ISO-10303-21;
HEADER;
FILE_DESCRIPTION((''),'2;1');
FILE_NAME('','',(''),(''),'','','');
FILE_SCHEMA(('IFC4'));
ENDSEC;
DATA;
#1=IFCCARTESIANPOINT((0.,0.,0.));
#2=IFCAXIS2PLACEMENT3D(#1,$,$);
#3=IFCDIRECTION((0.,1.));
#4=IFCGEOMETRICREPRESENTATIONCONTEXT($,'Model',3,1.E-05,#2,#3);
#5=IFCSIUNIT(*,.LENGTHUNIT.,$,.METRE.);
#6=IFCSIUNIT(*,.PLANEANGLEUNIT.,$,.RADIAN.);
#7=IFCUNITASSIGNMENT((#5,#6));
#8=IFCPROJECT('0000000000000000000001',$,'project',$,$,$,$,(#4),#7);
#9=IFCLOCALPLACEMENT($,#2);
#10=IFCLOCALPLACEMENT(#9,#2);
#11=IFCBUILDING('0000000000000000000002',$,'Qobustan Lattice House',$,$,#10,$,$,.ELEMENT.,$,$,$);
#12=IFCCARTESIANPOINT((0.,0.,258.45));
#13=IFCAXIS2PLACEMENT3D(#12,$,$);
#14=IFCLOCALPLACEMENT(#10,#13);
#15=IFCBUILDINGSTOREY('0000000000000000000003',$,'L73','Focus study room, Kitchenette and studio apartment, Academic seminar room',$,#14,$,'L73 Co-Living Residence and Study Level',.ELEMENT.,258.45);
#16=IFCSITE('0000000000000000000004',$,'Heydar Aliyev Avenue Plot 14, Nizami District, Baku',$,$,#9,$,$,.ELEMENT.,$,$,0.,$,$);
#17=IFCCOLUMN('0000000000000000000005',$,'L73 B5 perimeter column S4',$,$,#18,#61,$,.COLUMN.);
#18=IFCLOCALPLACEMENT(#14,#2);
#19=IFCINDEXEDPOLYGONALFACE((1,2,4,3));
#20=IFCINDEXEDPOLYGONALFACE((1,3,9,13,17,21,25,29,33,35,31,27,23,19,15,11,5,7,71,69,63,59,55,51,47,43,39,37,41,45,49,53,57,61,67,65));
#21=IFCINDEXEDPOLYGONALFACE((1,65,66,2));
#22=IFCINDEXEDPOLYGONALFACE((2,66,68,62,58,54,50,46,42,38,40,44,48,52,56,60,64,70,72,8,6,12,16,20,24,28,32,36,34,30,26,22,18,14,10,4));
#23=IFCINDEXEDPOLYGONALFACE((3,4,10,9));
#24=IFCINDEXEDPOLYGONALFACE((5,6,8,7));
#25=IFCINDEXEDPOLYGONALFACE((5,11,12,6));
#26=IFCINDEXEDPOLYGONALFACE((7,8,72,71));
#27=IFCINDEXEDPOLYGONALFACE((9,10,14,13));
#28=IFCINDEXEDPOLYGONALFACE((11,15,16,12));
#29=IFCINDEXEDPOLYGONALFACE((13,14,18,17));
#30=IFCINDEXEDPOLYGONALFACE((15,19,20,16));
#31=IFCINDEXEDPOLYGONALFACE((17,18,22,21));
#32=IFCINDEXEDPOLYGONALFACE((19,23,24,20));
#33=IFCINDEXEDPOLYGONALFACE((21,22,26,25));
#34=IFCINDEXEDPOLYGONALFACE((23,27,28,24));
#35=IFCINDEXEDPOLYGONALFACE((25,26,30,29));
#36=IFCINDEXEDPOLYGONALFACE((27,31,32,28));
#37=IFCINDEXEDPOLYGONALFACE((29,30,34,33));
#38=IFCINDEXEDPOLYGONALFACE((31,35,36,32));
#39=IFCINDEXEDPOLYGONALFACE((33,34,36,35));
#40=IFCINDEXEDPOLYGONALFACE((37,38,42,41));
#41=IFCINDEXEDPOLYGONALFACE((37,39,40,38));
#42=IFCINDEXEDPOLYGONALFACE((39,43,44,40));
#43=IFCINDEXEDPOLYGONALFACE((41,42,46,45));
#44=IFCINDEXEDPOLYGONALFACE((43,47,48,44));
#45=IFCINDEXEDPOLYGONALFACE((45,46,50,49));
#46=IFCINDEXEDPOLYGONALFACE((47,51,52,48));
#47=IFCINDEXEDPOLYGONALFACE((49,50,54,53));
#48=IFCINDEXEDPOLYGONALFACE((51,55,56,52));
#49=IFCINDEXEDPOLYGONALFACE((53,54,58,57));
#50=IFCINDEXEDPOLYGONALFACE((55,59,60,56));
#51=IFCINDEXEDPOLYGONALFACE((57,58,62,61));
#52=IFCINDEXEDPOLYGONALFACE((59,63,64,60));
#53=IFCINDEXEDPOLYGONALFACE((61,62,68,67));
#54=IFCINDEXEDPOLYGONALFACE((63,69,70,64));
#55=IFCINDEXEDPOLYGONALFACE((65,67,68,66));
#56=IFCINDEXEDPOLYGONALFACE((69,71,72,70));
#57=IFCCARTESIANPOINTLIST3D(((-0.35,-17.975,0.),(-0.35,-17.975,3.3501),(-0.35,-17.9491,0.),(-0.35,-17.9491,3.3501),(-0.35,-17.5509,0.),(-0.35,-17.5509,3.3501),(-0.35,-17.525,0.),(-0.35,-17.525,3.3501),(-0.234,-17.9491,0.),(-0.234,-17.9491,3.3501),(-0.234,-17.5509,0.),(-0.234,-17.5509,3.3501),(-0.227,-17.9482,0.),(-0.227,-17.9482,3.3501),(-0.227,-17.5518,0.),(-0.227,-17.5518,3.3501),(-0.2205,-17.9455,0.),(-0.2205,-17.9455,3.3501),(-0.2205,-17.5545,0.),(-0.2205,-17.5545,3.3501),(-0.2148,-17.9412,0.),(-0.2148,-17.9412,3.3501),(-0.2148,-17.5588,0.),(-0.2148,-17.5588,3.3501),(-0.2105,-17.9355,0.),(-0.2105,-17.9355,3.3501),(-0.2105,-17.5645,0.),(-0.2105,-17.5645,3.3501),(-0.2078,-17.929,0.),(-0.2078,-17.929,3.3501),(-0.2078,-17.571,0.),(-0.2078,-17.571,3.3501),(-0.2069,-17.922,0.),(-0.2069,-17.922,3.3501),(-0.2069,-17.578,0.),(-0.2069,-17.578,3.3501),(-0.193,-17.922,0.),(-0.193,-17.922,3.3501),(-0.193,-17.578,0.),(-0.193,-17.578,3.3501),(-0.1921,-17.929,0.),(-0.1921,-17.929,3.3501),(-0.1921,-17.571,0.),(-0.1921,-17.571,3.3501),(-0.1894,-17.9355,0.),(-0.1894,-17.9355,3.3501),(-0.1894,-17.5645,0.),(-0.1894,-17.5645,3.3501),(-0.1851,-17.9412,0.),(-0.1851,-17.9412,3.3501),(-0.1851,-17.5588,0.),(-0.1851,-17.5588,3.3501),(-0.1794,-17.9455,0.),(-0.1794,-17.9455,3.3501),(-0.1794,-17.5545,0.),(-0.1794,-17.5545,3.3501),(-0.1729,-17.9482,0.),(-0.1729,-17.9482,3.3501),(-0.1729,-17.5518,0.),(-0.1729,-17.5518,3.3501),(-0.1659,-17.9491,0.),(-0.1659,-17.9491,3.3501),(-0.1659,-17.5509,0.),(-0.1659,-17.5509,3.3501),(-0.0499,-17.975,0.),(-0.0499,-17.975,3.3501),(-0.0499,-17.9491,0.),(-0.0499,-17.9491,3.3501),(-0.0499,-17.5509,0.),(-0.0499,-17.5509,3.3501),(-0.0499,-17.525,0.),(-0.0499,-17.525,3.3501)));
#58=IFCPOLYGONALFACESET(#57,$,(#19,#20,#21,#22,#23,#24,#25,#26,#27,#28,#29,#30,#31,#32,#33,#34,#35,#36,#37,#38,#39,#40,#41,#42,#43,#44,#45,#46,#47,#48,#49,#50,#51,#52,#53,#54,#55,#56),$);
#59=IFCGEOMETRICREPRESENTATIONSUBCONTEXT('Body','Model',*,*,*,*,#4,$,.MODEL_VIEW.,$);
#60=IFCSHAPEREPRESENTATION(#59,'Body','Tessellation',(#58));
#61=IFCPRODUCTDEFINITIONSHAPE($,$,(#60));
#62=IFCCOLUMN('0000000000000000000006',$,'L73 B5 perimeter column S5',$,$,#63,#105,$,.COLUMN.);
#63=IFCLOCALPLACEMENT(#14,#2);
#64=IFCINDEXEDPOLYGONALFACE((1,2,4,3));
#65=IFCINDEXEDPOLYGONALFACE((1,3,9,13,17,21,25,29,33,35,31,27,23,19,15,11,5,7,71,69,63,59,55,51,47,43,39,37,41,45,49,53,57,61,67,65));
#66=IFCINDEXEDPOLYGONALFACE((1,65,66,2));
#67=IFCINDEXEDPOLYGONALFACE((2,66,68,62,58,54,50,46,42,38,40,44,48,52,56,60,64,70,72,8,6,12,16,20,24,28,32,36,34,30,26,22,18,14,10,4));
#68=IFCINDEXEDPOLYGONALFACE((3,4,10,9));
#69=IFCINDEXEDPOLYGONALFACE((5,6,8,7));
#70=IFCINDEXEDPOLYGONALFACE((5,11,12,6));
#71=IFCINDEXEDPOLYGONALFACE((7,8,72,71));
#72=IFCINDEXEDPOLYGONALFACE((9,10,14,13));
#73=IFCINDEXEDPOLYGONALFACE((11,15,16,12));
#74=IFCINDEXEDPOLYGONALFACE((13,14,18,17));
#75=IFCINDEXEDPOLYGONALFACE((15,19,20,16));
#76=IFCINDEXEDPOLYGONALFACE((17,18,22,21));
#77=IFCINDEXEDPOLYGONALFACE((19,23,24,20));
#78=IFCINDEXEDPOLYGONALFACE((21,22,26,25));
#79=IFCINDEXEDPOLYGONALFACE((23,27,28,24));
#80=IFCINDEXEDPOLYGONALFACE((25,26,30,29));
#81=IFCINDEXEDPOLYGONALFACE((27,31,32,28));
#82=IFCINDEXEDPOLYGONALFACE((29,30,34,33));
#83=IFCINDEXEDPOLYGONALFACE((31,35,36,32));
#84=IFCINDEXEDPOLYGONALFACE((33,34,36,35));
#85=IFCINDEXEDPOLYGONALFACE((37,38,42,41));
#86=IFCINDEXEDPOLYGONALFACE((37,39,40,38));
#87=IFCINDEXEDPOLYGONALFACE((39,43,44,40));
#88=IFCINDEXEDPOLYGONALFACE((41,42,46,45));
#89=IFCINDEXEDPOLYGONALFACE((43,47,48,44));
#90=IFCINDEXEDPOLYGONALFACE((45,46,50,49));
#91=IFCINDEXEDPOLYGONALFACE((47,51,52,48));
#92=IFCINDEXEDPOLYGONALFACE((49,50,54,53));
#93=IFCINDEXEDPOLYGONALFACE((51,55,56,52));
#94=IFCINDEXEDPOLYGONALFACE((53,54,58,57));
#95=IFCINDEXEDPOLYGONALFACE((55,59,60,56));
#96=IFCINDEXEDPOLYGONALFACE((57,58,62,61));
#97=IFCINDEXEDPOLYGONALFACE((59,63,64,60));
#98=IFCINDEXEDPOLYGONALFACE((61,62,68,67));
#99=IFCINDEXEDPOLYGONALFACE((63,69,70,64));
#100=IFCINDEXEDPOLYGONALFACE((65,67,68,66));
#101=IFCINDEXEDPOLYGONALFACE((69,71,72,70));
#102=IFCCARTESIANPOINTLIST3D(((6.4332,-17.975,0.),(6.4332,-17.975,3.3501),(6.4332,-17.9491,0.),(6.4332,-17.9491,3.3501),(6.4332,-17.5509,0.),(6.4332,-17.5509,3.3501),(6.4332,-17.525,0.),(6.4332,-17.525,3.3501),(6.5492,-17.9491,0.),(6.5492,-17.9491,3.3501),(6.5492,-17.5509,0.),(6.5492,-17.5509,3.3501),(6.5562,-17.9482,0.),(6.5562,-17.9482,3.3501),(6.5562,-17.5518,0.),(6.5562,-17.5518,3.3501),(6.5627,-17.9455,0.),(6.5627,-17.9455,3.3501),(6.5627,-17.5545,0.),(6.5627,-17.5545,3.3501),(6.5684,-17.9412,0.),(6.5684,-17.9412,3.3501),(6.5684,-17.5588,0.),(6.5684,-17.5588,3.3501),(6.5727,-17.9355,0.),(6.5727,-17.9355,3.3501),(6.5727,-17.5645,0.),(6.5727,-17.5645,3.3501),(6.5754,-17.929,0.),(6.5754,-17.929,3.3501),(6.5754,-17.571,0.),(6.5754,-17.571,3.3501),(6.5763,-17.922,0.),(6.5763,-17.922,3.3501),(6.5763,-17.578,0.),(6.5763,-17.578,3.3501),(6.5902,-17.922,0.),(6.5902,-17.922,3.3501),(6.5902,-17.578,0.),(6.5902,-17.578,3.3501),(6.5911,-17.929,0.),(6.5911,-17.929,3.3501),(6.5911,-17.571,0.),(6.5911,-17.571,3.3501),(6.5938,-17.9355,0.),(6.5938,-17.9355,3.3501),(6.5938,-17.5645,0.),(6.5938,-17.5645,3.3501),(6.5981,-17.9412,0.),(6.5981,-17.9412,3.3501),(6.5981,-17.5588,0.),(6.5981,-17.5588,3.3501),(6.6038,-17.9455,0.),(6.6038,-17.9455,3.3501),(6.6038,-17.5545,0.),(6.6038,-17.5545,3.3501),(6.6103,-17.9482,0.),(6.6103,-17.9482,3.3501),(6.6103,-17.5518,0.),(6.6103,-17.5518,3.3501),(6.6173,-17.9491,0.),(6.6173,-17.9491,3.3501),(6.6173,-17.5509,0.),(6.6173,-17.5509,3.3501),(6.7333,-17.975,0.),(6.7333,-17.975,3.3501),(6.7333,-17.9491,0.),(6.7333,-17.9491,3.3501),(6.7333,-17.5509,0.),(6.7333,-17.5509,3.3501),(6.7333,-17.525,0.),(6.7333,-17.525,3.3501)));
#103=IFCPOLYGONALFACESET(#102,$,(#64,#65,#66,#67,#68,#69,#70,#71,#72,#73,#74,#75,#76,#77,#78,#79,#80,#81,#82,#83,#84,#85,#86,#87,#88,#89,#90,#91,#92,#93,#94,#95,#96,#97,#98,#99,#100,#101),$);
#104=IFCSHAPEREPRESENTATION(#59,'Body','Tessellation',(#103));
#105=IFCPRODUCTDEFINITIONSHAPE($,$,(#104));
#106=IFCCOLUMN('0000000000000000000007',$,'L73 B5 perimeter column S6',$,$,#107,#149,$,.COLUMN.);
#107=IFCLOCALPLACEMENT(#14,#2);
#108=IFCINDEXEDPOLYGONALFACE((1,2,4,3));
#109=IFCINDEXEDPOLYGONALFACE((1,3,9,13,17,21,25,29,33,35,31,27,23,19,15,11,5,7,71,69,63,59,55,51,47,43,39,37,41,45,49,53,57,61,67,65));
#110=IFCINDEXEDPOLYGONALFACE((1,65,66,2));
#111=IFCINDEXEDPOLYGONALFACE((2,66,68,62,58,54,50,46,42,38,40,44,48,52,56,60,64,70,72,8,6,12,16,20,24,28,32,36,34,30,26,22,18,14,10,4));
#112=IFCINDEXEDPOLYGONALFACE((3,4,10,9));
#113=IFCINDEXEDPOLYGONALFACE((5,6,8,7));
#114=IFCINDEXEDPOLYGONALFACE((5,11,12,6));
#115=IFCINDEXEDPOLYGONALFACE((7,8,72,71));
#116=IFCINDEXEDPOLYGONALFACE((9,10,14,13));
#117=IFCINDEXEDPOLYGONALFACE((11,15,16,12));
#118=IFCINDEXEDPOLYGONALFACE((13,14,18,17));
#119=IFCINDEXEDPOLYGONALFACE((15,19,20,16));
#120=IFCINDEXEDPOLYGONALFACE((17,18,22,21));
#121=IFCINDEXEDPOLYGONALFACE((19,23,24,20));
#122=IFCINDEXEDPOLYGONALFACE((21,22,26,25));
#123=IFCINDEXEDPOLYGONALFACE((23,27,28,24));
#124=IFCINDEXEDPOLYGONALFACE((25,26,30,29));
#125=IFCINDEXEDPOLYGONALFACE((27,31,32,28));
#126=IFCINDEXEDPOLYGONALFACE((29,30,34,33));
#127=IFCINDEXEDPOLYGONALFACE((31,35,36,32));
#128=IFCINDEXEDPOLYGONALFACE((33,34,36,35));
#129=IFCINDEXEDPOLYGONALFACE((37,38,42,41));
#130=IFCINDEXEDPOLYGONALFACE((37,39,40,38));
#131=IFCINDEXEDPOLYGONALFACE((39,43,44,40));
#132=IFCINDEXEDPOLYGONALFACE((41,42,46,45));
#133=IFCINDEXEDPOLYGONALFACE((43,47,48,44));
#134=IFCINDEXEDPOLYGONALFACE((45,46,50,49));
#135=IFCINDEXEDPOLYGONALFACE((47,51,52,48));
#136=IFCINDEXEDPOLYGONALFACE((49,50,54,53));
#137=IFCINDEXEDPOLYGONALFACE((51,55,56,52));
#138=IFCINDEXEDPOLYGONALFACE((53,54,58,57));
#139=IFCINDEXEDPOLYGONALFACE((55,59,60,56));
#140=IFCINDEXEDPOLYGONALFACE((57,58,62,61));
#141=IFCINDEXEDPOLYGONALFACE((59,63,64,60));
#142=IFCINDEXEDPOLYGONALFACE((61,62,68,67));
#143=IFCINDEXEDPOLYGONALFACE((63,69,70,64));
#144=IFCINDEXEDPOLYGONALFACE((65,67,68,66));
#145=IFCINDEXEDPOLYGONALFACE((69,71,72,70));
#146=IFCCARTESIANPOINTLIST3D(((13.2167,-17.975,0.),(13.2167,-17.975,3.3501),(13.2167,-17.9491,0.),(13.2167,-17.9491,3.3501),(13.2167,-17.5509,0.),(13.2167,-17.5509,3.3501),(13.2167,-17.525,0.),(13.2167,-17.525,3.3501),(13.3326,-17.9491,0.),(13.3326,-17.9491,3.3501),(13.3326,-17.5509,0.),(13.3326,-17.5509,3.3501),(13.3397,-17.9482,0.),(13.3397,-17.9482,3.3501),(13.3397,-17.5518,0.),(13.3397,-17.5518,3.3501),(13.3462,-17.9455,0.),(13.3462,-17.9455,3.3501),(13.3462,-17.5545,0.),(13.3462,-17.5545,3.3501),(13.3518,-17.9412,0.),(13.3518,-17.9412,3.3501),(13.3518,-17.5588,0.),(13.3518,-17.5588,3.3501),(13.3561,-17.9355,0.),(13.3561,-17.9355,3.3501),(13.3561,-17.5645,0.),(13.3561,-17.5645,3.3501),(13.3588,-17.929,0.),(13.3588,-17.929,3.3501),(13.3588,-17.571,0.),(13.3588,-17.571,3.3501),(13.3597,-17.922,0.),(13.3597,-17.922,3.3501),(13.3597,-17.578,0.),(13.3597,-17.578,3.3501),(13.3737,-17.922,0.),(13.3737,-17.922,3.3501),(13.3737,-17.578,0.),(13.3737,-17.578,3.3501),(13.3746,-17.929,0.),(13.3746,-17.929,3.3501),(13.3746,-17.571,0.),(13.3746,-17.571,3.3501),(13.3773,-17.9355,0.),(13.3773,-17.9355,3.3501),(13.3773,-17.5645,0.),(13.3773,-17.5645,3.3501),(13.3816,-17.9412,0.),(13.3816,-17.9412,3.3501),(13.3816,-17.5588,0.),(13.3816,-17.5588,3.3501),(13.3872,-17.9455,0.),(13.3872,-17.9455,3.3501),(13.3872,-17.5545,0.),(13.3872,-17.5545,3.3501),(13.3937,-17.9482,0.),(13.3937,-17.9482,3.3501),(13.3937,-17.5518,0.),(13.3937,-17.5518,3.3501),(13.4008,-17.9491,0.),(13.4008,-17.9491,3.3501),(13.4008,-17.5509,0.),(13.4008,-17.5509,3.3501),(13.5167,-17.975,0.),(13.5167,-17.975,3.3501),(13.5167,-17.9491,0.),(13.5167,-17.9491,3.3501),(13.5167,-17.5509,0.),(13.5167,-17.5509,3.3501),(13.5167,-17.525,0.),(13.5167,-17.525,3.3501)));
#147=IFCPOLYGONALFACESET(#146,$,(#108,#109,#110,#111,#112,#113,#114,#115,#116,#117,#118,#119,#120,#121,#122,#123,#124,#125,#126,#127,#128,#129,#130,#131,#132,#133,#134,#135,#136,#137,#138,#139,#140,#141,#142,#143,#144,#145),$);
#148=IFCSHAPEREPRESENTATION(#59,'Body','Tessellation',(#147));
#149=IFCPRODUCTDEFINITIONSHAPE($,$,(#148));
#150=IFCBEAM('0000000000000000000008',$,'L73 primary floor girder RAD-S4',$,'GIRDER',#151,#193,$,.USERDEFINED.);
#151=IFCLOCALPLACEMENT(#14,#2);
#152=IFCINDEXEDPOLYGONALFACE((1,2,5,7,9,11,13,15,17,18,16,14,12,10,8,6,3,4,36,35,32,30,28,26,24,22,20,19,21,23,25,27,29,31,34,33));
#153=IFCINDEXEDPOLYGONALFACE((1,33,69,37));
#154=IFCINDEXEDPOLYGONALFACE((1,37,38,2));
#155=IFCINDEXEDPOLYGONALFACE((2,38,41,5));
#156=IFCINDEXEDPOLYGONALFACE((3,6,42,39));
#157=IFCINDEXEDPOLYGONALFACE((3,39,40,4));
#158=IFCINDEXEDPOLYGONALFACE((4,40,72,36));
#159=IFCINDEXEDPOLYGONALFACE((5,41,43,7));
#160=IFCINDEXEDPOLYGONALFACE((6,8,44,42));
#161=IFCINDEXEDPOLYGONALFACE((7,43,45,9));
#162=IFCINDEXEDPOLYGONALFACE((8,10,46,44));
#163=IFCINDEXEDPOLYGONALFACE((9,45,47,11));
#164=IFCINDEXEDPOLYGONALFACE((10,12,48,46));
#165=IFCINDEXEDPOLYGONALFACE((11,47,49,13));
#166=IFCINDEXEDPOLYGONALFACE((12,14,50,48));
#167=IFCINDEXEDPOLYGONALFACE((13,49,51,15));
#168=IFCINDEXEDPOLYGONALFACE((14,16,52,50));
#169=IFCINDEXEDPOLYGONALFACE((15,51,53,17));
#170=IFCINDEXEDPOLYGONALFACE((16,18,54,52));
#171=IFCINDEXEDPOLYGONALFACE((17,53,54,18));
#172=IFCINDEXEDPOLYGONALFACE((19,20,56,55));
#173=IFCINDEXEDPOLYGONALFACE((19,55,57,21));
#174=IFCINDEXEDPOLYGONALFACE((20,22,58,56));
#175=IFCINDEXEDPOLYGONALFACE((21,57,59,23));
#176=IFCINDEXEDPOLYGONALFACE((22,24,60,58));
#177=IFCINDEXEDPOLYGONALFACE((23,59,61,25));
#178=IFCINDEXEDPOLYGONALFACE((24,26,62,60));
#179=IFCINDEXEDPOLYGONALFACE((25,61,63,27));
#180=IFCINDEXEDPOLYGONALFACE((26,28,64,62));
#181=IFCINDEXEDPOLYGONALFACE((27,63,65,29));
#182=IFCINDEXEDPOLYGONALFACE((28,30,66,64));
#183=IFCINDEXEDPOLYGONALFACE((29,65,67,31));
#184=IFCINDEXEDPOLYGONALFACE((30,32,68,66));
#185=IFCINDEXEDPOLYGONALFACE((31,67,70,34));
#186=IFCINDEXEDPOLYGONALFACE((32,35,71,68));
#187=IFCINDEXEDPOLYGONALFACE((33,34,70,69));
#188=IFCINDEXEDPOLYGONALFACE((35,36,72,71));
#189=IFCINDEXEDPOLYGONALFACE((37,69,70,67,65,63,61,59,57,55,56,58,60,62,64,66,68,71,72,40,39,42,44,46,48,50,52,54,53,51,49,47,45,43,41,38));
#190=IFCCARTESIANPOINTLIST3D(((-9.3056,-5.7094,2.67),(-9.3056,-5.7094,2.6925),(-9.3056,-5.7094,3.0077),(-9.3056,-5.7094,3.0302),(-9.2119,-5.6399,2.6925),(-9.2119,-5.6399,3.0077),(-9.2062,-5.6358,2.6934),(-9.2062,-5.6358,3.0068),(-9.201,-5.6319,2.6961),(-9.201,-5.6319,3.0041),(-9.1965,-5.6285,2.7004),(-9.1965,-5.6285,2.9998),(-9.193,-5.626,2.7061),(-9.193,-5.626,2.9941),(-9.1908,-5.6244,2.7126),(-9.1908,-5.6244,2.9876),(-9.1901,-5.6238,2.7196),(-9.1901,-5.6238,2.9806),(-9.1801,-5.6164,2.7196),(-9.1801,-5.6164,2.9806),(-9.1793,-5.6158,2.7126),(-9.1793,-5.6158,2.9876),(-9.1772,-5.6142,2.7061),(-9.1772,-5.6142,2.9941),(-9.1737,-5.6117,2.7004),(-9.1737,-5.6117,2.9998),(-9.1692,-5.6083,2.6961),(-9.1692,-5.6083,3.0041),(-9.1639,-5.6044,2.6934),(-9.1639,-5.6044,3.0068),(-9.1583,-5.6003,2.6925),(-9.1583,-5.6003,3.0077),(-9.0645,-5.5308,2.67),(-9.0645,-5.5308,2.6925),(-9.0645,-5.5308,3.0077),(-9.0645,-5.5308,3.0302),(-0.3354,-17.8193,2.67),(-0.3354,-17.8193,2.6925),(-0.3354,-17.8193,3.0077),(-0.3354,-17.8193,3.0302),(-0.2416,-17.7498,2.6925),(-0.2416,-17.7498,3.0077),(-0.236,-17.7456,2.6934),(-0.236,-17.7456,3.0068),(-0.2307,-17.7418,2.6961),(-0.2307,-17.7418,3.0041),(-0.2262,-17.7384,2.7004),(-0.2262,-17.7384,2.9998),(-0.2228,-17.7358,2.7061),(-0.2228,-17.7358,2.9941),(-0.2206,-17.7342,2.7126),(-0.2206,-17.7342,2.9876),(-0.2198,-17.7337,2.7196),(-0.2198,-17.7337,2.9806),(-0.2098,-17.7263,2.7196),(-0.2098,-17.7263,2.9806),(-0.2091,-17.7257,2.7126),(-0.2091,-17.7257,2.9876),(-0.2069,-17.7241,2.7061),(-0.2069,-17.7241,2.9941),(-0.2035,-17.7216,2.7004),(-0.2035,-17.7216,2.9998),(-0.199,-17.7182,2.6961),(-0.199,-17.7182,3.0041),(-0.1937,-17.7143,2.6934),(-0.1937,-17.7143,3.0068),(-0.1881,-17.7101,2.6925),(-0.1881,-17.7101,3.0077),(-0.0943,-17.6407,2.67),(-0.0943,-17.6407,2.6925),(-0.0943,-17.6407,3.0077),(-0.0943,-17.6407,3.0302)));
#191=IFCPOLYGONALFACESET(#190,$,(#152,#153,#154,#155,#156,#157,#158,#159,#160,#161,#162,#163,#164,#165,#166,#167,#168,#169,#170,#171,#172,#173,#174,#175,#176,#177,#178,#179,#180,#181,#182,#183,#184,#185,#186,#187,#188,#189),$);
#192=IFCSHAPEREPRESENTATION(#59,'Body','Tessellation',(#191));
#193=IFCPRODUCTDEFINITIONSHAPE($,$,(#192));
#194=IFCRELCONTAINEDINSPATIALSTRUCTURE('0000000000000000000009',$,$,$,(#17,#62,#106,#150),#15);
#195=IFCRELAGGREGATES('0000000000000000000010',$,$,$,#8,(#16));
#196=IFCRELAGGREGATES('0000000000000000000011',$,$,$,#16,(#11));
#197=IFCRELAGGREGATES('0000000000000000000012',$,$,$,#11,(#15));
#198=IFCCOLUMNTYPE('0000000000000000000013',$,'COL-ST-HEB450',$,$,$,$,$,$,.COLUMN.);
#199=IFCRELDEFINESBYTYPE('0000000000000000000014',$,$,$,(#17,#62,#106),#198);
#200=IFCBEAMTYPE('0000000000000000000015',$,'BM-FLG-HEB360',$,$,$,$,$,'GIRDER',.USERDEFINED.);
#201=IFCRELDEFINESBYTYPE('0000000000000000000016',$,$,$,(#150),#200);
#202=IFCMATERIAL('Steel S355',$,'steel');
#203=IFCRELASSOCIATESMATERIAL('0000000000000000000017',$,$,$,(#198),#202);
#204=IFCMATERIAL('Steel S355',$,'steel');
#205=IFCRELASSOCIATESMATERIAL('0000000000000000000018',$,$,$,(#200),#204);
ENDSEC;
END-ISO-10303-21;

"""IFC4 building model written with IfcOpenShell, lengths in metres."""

from ifc_helpers import new_model, si_unit, direction, frame, origin, origin_2d, place, context, subcontext, project, spatial, i_section, extrude, material, material_profile, profile_set, type_object, element, save


model = new_model("IFC4")

# Units and contexts
model_context = context("Model", 3, precision=1e-05, world=origin(), true_north=direction((0.0, 1.0)))
body_context = subcontext(model_context, "Body", "Model", "MODEL_VIEW")
ifc_project = project(units=[si_unit("LENGTHUNIT", "METRE"), si_unit("PLANEANGLEUNIT", "RADIAN")], contexts=[model_context])

# Site, building, storey
site_placement = place(None, origin())
site = spatial("IfcSite", under=ifc_project, at=site_placement, Name="Heydar Aliyev Avenue Plot 14, Nizami District, Baku", CompositionType="ELEMENT", RefElevation=0.0)
building_placement = place(site_placement, origin())
building = spatial("IfcBuilding", under=site, at=building_placement, Name="Qobustan Lattice House", CompositionType="ELEMENT")
storey_placement = place(building_placement, frame((0.0, 0.0, 258.45)))
storey = spatial("IfcBuildingStorey", under=building, at=storey_placement, Name="L73", Description="Focus study room, Kitchenette and studio apartment, Academic seminar room", LongName="L73 Co-Living Residence and Study Level", CompositionType="ELEMENT", Elevation=258.45)

# Columns
ifc_material_1 = material(Name="Steel S355", Category="steel")
ifc_material_profile_1 = material_profile(ifc_material_1, i_section(OverallWidth=0.3, OverallDepth=0.45, WebThickness=0.0139, FlangeThickness=0.0259, FilletRadius=0.0271, at=origin_2d()), Name="HEB450")
ifc_profile_set_1 = profile_set([ifc_material_profile_1], Name="Steel S355")
column_type = type_object("IfcColumnType", Name="COL-ST-HEB450", PredefinedType="COLUMN", material=ifc_profile_set_1)
for number, where, z_axis, x_axis, name in (
    (1, (-0.2, -17.75, 0.0), (0.0, 0.0, 1.0), (1.0, 0.0, 0.0), "L73 B5 perimeter column S4"),
    (2, (6.5833, -17.75, 0.0), (0.0, 0.0, 1.0), (1.0, 0.0, 0.0), "L73 B5 perimeter column S5"),
    (3, (13.3667, -17.75, 0.0), (0.0, 0.0, 1.0), (1.0, 0.0, 0.0), "L73 B5 perimeter column S6"),
):
    element("IfcColumn", number, at=place(storey_placement, frame(where, z_axis=z_axis, x_axis=x_axis)), inside=storey, type_object=column_type, Name=name, PredefinedType="COLUMN", context=body_context, shape_type="SweptSolid", body=[
        extrude(i_section(OverallWidth=0.3, OverallDepth=0.45, WebThickness=0.0139, FlangeThickness=0.0259, FilletRadius=0.0271, at=origin_2d()), origin(), (0.0, 0.0, 1.0), 3.3501),
    ])

# Beam
ifc_material_2 = material(Name="Steel S355", Category="steel")
ifc_material_profile_2 = material_profile(ifc_material_2, i_section(OverallWidth=0.3, OverallDepth=0.3601, WebThickness=0.0125, FlangeThickness=0.0225, FilletRadius=0.0271, at=origin_2d()), Name="HEB360")
ifc_profile_set_2 = profile_set([ifc_material_profile_2], Name="Steel S355")
beam_type_1 = type_object("IfcBeamType", Name="BM-FLG-HEB360", ElementType="GIRDER", PredefinedType="USERDEFINED", material=ifc_profile_set_2)
beam_1_placement = place(storey_placement, frame((-0.2148, -17.73, 2.8501), z_axis=(-0.595225, 0.803559, 0.0), x_axis=(-0.803559, -0.595225, 0.0)))
element("IfcBeam", 4, at=beam_1_placement, inside=storey, type_object=beam_type_1, Name="L73 primary floor girder RAD-S4", ObjectType="GIRDER", PredefinedType="USERDEFINED", context=body_context, shape_type="SweptSolid", body=[
    extrude(i_section(OverallWidth=0.3, OverallDepth=0.3601, WebThickness=0.0125, FlangeThickness=0.0225, FilletRadius=0.0271, at=origin_2d()), origin(), (0.0, 0.0, 1.0), 15.0703),
])

save(model, "model.ifc")
